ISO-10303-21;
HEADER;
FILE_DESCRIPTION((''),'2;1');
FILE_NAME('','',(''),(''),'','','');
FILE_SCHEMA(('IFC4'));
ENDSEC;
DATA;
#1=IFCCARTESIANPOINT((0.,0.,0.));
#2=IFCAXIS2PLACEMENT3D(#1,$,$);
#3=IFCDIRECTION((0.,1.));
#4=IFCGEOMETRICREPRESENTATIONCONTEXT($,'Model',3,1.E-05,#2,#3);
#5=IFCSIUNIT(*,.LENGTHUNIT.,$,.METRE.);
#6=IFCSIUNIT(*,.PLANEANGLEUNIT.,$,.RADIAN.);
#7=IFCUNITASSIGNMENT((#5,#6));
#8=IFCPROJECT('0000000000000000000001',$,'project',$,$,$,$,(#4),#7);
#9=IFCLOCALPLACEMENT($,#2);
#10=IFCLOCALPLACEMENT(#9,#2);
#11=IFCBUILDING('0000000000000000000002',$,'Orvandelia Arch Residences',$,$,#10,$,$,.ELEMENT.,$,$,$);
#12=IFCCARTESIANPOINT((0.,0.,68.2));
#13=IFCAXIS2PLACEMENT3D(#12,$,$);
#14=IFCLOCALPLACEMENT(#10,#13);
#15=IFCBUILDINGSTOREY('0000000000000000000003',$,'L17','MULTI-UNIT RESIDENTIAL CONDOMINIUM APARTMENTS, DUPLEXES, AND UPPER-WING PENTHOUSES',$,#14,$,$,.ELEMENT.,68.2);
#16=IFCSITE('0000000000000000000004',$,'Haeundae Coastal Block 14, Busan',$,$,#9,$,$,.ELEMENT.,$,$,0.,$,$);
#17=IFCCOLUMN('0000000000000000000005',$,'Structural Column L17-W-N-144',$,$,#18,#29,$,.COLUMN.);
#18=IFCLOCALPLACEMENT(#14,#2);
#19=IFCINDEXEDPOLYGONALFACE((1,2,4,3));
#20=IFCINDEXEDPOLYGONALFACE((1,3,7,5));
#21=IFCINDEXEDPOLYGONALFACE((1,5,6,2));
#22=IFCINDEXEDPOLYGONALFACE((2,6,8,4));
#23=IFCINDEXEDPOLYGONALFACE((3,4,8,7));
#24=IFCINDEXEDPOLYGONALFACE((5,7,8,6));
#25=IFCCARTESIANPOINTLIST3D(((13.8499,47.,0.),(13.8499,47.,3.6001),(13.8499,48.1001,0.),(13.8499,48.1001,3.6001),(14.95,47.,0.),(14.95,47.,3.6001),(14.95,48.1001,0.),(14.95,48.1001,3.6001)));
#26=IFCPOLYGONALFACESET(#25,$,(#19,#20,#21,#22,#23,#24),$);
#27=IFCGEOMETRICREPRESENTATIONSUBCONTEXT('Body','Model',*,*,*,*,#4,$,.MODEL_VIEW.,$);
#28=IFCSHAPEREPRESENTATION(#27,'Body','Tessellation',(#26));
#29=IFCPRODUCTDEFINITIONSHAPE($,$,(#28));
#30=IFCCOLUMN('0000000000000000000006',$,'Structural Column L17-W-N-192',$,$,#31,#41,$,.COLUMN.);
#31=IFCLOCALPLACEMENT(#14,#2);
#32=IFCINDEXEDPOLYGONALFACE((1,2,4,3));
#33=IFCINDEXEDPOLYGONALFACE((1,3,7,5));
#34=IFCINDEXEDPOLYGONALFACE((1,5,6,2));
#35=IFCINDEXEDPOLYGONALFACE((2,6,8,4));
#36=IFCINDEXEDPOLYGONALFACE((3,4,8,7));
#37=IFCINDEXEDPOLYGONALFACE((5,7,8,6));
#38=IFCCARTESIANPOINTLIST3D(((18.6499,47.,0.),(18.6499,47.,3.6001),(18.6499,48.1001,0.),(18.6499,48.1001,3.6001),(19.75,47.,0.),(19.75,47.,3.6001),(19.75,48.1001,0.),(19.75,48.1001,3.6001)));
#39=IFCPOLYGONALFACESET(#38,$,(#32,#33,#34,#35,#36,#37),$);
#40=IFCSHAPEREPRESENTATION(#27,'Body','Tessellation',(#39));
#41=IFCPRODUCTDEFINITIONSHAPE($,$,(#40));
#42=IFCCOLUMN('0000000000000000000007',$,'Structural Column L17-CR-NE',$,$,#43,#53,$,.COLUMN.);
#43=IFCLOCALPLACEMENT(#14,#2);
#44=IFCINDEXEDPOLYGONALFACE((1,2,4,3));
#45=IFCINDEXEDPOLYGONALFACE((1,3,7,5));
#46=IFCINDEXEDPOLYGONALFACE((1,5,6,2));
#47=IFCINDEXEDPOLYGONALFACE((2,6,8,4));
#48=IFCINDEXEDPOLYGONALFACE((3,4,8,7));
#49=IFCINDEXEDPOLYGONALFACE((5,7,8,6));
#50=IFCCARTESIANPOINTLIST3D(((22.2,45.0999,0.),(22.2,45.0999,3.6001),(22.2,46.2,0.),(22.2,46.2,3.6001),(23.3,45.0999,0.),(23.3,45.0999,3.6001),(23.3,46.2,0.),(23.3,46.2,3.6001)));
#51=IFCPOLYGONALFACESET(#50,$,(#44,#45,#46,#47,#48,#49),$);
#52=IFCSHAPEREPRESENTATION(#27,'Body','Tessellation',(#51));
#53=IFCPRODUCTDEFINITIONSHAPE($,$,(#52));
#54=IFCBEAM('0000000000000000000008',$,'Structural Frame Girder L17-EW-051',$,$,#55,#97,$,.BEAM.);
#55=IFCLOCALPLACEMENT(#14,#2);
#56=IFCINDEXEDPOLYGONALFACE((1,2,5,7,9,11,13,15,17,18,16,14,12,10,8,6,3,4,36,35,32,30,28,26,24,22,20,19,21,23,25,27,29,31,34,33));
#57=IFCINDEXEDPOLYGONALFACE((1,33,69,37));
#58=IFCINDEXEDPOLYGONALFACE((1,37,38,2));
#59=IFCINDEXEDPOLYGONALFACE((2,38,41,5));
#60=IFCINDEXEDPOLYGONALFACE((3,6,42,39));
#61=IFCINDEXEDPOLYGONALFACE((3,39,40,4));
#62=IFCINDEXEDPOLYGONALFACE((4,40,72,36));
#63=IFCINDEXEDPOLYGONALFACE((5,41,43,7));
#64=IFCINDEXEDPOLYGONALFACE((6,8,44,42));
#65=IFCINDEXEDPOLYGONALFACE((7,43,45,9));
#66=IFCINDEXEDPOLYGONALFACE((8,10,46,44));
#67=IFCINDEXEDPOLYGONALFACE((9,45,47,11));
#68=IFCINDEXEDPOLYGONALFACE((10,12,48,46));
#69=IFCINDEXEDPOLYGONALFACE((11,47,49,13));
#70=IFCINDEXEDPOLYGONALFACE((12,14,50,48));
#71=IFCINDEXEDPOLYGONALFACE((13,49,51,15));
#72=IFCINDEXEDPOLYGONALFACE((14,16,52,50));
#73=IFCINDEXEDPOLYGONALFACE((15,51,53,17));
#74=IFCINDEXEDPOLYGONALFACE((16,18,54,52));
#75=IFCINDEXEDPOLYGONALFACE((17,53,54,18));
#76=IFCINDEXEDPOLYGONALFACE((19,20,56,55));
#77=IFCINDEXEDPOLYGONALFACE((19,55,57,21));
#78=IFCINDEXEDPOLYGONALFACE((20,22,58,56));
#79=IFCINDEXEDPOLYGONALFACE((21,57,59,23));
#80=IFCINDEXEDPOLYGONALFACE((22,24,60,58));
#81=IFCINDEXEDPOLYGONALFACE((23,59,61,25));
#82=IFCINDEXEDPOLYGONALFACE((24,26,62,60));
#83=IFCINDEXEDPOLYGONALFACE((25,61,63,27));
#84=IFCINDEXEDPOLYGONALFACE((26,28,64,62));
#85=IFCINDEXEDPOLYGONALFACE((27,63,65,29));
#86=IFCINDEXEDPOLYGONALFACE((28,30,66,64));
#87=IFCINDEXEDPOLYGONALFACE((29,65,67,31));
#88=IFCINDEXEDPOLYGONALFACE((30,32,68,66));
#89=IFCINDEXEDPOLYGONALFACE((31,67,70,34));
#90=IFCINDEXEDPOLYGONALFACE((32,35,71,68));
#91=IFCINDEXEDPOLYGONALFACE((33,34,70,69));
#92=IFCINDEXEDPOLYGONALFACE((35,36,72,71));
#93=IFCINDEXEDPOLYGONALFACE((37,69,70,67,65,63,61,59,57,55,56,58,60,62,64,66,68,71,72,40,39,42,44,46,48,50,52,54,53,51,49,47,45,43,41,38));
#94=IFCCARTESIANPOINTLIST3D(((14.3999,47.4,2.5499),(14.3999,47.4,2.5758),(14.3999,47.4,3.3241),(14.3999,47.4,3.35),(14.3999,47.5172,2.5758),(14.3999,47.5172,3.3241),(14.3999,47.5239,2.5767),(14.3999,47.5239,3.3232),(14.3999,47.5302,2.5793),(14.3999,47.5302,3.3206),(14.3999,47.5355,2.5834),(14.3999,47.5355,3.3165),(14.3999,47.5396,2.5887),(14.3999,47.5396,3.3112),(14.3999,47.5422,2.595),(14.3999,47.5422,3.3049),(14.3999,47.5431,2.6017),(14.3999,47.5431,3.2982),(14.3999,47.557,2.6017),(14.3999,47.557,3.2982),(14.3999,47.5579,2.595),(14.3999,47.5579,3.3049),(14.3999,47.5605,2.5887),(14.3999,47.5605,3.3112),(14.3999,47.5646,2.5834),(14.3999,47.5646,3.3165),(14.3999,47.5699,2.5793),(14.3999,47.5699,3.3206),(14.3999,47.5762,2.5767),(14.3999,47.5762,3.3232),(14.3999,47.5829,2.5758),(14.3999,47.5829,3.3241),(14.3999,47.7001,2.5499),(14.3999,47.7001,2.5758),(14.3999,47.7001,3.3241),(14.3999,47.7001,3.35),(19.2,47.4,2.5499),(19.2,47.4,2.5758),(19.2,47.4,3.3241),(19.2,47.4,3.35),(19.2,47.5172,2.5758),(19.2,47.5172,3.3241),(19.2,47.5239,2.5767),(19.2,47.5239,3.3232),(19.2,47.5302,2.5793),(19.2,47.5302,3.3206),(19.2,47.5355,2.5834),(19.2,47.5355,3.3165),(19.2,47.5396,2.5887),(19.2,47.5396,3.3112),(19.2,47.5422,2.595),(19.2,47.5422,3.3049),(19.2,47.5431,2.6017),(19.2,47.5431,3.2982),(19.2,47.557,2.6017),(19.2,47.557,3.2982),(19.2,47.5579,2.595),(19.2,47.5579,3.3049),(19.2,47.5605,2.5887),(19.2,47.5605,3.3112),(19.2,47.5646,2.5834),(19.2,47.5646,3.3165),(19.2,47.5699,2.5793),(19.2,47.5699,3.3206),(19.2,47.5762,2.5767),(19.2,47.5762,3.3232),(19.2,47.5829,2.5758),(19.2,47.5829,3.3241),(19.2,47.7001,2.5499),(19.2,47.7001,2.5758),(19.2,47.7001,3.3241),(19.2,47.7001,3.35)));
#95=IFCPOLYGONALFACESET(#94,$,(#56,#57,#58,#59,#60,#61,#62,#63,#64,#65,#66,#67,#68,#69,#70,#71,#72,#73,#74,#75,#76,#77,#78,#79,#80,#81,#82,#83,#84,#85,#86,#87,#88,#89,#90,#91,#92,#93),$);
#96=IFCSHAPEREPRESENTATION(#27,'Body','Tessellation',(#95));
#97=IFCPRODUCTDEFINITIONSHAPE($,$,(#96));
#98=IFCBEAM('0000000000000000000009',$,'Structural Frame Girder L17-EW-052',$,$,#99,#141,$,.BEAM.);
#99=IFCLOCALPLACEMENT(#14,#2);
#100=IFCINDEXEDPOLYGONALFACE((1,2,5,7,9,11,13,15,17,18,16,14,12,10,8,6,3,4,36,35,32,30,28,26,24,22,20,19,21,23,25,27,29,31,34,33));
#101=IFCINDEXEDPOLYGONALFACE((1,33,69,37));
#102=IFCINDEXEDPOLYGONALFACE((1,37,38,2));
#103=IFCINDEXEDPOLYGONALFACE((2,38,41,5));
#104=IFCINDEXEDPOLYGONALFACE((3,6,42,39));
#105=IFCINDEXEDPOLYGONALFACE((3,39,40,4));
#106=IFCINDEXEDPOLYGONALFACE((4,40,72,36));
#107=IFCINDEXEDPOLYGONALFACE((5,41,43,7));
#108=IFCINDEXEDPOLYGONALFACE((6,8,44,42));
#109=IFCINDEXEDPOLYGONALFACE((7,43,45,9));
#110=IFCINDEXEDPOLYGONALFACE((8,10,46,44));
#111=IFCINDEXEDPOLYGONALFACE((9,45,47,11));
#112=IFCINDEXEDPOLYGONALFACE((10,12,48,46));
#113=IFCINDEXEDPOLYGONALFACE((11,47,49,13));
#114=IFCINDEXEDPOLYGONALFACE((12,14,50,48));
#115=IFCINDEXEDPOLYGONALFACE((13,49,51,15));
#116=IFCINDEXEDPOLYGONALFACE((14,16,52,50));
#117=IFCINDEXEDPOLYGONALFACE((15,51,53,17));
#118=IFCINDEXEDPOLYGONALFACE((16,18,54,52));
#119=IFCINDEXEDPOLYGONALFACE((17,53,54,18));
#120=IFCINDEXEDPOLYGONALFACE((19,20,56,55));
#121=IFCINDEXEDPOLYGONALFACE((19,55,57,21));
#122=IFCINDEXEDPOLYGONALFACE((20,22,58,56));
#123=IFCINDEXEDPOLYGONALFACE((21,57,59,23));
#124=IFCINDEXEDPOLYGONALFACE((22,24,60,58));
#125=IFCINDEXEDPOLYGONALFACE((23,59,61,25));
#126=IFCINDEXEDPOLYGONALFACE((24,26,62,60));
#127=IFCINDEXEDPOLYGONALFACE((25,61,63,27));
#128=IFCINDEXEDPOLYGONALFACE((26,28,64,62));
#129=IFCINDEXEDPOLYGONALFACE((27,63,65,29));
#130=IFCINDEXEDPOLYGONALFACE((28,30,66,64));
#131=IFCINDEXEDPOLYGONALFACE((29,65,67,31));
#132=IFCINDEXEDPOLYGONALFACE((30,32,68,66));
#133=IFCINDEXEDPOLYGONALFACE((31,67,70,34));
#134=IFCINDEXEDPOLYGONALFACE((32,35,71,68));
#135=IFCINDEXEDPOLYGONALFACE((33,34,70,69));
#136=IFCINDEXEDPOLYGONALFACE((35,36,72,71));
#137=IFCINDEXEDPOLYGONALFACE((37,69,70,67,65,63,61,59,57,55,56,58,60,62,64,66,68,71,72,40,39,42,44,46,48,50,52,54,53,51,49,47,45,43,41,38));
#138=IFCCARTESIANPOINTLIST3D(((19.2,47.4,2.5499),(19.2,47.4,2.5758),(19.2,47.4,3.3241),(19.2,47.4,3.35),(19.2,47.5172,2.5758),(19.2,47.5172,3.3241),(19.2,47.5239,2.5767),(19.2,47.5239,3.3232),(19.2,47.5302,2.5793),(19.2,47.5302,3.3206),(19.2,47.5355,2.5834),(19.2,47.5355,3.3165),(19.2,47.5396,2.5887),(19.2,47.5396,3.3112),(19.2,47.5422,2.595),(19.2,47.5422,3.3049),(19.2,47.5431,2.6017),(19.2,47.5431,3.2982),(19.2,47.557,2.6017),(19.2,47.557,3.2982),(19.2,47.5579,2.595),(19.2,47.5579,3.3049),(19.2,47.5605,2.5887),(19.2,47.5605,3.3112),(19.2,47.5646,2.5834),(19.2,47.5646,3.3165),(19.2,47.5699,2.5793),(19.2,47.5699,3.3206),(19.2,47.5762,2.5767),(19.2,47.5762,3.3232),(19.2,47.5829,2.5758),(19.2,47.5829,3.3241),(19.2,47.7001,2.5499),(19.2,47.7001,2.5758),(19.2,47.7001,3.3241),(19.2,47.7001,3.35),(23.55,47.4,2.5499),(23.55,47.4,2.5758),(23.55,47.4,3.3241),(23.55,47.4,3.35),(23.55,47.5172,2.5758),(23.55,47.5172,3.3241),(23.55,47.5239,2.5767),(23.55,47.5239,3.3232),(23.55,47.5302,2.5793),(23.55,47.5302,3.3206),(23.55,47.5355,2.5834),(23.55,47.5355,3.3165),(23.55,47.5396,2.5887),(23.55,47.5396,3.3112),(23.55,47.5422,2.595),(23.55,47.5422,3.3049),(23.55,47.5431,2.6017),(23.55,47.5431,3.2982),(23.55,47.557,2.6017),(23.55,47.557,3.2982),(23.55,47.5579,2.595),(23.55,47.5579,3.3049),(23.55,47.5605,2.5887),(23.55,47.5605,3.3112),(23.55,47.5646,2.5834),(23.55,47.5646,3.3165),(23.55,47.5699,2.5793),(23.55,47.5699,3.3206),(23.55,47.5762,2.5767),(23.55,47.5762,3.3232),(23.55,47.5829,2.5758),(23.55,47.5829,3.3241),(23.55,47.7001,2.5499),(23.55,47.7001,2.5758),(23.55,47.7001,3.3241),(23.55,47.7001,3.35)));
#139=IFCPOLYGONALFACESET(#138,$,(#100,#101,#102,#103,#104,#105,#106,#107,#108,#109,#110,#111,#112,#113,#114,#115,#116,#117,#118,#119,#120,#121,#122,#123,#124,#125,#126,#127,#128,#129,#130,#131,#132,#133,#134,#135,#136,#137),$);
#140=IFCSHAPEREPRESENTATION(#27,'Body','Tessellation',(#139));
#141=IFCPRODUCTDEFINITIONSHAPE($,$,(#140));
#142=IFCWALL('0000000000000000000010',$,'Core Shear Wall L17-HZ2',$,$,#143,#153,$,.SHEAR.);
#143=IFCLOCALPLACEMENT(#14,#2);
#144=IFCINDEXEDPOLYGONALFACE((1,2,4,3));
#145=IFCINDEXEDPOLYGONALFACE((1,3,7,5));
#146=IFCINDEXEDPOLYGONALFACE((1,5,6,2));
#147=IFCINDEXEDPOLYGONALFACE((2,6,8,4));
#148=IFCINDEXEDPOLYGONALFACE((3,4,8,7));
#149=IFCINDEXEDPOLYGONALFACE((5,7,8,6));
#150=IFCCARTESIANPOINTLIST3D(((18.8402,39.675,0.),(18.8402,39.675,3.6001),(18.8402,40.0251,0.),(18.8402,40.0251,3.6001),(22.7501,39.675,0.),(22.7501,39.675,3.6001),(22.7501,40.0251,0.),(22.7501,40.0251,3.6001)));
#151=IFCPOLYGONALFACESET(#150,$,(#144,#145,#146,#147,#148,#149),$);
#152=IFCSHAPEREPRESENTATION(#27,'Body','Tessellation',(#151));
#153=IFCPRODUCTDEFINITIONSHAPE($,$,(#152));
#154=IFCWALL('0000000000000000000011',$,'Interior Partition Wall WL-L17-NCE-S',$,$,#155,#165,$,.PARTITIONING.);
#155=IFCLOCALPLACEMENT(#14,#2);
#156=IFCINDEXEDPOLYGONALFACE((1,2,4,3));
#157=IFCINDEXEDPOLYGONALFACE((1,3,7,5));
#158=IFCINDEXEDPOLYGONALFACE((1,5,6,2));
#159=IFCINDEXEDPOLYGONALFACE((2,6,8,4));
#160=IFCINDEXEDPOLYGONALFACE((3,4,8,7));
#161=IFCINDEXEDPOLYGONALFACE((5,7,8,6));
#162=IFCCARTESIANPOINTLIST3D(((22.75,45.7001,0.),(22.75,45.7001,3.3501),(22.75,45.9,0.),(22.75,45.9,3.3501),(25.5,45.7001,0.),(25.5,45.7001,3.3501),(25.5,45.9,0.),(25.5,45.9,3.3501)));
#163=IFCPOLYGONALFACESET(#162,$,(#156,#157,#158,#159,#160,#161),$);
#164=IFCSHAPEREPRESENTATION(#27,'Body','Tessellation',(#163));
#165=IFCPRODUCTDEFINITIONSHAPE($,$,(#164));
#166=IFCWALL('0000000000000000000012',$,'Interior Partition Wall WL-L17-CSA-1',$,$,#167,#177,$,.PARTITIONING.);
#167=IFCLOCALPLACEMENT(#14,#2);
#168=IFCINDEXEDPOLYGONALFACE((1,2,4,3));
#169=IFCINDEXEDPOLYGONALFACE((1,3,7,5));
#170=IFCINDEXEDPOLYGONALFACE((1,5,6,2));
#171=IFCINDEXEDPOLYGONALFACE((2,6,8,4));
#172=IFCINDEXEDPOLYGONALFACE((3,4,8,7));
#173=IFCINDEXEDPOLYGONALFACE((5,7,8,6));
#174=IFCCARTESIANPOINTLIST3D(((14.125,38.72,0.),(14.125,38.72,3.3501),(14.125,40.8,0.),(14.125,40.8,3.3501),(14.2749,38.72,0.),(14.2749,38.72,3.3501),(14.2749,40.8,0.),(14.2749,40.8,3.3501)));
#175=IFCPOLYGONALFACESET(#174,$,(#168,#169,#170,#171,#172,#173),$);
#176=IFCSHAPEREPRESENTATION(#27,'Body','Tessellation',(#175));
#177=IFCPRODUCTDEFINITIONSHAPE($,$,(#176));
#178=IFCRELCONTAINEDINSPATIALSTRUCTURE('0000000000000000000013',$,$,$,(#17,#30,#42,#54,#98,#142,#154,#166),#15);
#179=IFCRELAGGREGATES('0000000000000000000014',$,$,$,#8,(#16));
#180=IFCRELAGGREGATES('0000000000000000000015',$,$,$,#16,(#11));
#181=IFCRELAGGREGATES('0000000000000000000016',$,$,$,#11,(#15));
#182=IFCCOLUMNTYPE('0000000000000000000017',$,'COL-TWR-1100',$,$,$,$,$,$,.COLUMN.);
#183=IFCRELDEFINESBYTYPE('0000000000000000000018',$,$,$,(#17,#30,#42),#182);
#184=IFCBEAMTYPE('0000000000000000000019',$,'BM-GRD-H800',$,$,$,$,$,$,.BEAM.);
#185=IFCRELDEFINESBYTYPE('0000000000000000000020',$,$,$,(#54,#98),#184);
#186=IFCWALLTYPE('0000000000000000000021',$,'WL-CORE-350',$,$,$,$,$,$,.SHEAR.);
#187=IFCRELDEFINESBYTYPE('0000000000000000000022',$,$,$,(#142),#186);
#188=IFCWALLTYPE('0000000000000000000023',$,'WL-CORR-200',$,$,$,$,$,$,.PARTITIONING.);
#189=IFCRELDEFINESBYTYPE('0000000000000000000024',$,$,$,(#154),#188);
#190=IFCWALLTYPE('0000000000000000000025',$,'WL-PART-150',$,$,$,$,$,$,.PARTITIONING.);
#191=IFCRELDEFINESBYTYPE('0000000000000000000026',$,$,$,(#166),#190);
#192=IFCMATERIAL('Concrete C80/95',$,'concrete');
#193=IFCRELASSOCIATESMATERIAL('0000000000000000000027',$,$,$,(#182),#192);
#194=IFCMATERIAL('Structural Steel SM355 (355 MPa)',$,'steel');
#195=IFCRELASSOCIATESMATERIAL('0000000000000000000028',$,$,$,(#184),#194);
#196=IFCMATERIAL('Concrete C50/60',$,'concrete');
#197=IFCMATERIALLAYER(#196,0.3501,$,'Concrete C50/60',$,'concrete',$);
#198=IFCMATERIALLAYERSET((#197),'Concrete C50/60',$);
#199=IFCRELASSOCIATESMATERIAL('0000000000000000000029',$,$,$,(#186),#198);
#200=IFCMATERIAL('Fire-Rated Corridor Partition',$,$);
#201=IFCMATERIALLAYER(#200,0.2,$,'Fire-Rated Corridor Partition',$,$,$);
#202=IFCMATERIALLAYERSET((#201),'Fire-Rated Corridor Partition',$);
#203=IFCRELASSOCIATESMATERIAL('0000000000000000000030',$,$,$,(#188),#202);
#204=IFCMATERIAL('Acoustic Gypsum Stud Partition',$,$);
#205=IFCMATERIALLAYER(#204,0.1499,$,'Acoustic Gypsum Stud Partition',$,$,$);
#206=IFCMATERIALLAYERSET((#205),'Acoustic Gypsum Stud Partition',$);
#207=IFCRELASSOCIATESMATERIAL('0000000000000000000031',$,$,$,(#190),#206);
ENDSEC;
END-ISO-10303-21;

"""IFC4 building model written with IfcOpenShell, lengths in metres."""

from ifc_helpers import new_model, si_unit, direction, frame, frame_2d, origin, origin_2d, place, context, subcontext, project, spatial, rectangle, i_section, extrude, material, layer, layer_set, material_profile, profile_set, type_object, element, save


model = new_model("IFC4")

# Units and contexts
model_context = context("Model", 3, precision=1e-05, world=origin(), true_north=direction((0.0, 1.0)))
body_context = subcontext(model_context, "Body", "Model", "MODEL_VIEW")
ifc_project = project(units=[si_unit("LENGTHUNIT", "METRE"), si_unit("PLANEANGLEUNIT", "RADIAN")], contexts=[model_context])

# Site, building, storey
site_placement = place(None, origin())
site = spatial("IfcSite", under=ifc_project, at=site_placement, Name="Haeundae Coastal Block 14, Busan", CompositionType="ELEMENT", RefElevation=0.0)
building_placement = place(site_placement, origin())
building = spatial("IfcBuilding", under=site, at=building_placement, Name="Orvandelia Arch Residences", CompositionType="ELEMENT")
storey_placement = place(building_placement, frame((0.0, 0.0, 68.2)))
storey = spatial("IfcBuildingStorey", under=building, at=storey_placement, Name="L17", Description="MULTI-UNIT RESIDENTIAL CONDOMINIUM APARTMENTS, DUPLEXES, AND UPPER-WING PENTHOUSES", CompositionType="ELEMENT", Elevation=68.2)

# Columns
ifc_material_1 = material(Name="Concrete C80/95", Category="concrete")
ifc_material_profile_1 = material_profile(ifc_material_1, rectangle(XDim=1.1001, YDim=1.1001, at=origin_2d()), Name="Concrete C80/95", Category="concrete")
ifc_profile_set_1 = profile_set([ifc_material_profile_1], Name="Concrete C80/95")
column_type = type_object("IfcColumnType", Name="COL-TWR-1100", PredefinedType="COLUMN", material=ifc_profile_set_1)
for number, where, z_axis, x_axis, name in (
    (1, (14.3999, 47.55, 0.0), (0.0, 0.0, 1.0), (1.0, 0.0, 0.0), "Structural Column L17-W-N-144"),
    (2, (19.2, 47.55, 0.0), (0.0, 0.0, 1.0), (1.0, 0.0, 0.0), "Structural Column L17-W-N-192"),
    (3, (22.75, 45.6499, 0.0), (0.0, 0.0, 1.0), (1.0, 0.0, 0.0), "Structural Column L17-CR-NE"),
):
    element("IfcColumn", number, at=place(storey_placement, frame(where, z_axis=z_axis, x_axis=x_axis)), inside=storey, type_object=column_type, Name=name, PredefinedType="COLUMN", context=body_context, shape_type="SweptSolid", body=[
        extrude(rectangle(XDim=1.1001, YDim=1.1001, at=origin_2d()), origin(), (0.0, 0.0, 1.0), 3.6001),
    ])

# Beams
ifc_material_2 = material(Name="Structural Steel SM355 (355 MPa)", Category="steel")
ifc_material_profile_2 = material_profile(ifc_material_2, i_section(OverallWidth=0.3, OverallDepth=0.8, WebThickness=0.0139, FlangeThickness=0.0259, FilletRadius=0.0259, at=origin_2d()), Name="Structural Steel SM355 (355 MPa)", Category="steel")
ifc_profile_set_2 = profile_set([ifc_material_profile_2], Name="Structural Steel SM355 (355 MPa)")
beam_type = type_object("IfcBeamType", Name="BM-GRD-H800", PredefinedType="BEAM", material=ifc_profile_set_2)
beam_1_placement = place(storey_placement, frame((14.3999, 47.55, 2.95), z_axis=(1.0, 0.0, 0.0), x_axis=(0.0, 1.0, 0.0)))
element("IfcBeam", 4, at=beam_1_placement, inside=storey, type_object=beam_type, Name="Structural Frame Girder L17-EW-051", PredefinedType="BEAM", context=body_context, shape_type="SweptSolid", body=[
    extrude(i_section(OverallWidth=0.3, OverallDepth=0.8, WebThickness=0.0139, FlangeThickness=0.0259, FilletRadius=0.0259, at=origin_2d()), origin(), (0.0, 0.0, 1.0), 4.8),
])
beam_2_placement = place(storey_placement, frame((19.2, 47.55, 2.95), z_axis=(1.0, 0.0, 0.0), x_axis=(0.0, 1.0, 0.0)))
element("IfcBeam", 5, at=beam_2_placement, inside=storey, type_object=beam_type, Name="Structural Frame Girder L17-EW-052", PredefinedType="BEAM", context=body_context, shape_type="SweptSolid", body=[
    extrude(i_section(OverallWidth=0.3, OverallDepth=0.8, WebThickness=0.0139, FlangeThickness=0.0259, FilletRadius=0.0259, at=origin_2d()), origin(), (0.0, 0.0, 1.0), 4.3501),
])

# Walls
ifc_material_3 = material(Name="Concrete C50/60", Category="concrete")
ifc_layer_1 = layer(ifc_material_3, 0.3501, Name="Concrete C50/60", Category="concrete")
ifc_layer_set_1 = layer_set([ifc_layer_1], Name="Concrete C50/60")
wall_type_1 = type_object("IfcWallType", Name="WL-CORE-350", PredefinedType="SHEAR", material=ifc_layer_set_1)
wall_1_placement = place(storey_placement, frame((18.8401, 39.8501, 0.0), z_axis=(0.0, 0.0, 1.0), x_axis=(1.0, 0.0, 0.0)))
element("IfcWall", 6, at=wall_1_placement, inside=storey, type_object=wall_type_1, Name="Core Shear Wall L17-HZ2", PredefinedType="SHEAR", context=body_context, shape_type="SweptSolid", body=[
    extrude(rectangle(XDim=3.9099, YDim=0.3501, at=frame_2d((1.9551, 0.0))), origin(), (0.0, 0.0, 1.0), 3.6001),
])
ifc_material_4 = material(Name="Fire-Rated Corridor Partition")
ifc_layer_2 = layer(ifc_material_4, 0.2, Name="Fire-Rated Corridor Partition")
ifc_layer_set_2 = layer_set([ifc_layer_2], Name="Fire-Rated Corridor Partition")
wall_type_2 = type_object("IfcWallType", Name="WL-CORR-200", PredefinedType="PARTITIONING", material=ifc_layer_set_2)
wall_2_placement = place(storey_placement, frame((22.75, 45.8, 0.0), z_axis=(0.0, 0.0, 1.0), x_axis=(1.0, 0.0, 0.0)))
element("IfcWall", 7, at=wall_2_placement, inside=storey, type_object=wall_type_2, Name="Interior Partition Wall WL-L17-NCE-S", PredefinedType="PARTITIONING", context=body_context, shape_type="SweptSolid", body=[
    extrude(rectangle(XDim=2.75, YDim=0.2, at=frame_2d((1.375, 0.0))), origin(), (0.0, 0.0, 1.0), 3.3501),
])
ifc_material_5 = material(Name="Acoustic Gypsum Stud Partition")
ifc_layer_3 = layer(ifc_material_5, 0.1499, Name="Acoustic Gypsum Stud Partition")
ifc_layer_set_3 = layer_set([ifc_layer_3], Name="Acoustic Gypsum Stud Partition")
wall_type_3 = type_object("IfcWallType", Name="WL-PART-150", PredefinedType="PARTITIONING", material=ifc_layer_set_3)
wall_3_placement = place(storey_placement, frame((14.2, 38.72, 0.0), z_axis=(0.0, 0.0, 1.0), x_axis=(0.0, 1.0, 0.0)))
element("IfcWall", 8, at=wall_3_placement, inside=storey, type_object=wall_type_3, Name="Interior Partition Wall WL-L17-CSA-1", PredefinedType="PARTITIONING", context=body_context, shape_type="SweptSolid", body=[
    extrude(rectangle(XDim=2.0801, YDim=0.1499, at=frame_2d((1.04, 0.0))), origin(), (0.0, 0.0, 1.0), 3.3501),
])

save(model, "model.ifc")
